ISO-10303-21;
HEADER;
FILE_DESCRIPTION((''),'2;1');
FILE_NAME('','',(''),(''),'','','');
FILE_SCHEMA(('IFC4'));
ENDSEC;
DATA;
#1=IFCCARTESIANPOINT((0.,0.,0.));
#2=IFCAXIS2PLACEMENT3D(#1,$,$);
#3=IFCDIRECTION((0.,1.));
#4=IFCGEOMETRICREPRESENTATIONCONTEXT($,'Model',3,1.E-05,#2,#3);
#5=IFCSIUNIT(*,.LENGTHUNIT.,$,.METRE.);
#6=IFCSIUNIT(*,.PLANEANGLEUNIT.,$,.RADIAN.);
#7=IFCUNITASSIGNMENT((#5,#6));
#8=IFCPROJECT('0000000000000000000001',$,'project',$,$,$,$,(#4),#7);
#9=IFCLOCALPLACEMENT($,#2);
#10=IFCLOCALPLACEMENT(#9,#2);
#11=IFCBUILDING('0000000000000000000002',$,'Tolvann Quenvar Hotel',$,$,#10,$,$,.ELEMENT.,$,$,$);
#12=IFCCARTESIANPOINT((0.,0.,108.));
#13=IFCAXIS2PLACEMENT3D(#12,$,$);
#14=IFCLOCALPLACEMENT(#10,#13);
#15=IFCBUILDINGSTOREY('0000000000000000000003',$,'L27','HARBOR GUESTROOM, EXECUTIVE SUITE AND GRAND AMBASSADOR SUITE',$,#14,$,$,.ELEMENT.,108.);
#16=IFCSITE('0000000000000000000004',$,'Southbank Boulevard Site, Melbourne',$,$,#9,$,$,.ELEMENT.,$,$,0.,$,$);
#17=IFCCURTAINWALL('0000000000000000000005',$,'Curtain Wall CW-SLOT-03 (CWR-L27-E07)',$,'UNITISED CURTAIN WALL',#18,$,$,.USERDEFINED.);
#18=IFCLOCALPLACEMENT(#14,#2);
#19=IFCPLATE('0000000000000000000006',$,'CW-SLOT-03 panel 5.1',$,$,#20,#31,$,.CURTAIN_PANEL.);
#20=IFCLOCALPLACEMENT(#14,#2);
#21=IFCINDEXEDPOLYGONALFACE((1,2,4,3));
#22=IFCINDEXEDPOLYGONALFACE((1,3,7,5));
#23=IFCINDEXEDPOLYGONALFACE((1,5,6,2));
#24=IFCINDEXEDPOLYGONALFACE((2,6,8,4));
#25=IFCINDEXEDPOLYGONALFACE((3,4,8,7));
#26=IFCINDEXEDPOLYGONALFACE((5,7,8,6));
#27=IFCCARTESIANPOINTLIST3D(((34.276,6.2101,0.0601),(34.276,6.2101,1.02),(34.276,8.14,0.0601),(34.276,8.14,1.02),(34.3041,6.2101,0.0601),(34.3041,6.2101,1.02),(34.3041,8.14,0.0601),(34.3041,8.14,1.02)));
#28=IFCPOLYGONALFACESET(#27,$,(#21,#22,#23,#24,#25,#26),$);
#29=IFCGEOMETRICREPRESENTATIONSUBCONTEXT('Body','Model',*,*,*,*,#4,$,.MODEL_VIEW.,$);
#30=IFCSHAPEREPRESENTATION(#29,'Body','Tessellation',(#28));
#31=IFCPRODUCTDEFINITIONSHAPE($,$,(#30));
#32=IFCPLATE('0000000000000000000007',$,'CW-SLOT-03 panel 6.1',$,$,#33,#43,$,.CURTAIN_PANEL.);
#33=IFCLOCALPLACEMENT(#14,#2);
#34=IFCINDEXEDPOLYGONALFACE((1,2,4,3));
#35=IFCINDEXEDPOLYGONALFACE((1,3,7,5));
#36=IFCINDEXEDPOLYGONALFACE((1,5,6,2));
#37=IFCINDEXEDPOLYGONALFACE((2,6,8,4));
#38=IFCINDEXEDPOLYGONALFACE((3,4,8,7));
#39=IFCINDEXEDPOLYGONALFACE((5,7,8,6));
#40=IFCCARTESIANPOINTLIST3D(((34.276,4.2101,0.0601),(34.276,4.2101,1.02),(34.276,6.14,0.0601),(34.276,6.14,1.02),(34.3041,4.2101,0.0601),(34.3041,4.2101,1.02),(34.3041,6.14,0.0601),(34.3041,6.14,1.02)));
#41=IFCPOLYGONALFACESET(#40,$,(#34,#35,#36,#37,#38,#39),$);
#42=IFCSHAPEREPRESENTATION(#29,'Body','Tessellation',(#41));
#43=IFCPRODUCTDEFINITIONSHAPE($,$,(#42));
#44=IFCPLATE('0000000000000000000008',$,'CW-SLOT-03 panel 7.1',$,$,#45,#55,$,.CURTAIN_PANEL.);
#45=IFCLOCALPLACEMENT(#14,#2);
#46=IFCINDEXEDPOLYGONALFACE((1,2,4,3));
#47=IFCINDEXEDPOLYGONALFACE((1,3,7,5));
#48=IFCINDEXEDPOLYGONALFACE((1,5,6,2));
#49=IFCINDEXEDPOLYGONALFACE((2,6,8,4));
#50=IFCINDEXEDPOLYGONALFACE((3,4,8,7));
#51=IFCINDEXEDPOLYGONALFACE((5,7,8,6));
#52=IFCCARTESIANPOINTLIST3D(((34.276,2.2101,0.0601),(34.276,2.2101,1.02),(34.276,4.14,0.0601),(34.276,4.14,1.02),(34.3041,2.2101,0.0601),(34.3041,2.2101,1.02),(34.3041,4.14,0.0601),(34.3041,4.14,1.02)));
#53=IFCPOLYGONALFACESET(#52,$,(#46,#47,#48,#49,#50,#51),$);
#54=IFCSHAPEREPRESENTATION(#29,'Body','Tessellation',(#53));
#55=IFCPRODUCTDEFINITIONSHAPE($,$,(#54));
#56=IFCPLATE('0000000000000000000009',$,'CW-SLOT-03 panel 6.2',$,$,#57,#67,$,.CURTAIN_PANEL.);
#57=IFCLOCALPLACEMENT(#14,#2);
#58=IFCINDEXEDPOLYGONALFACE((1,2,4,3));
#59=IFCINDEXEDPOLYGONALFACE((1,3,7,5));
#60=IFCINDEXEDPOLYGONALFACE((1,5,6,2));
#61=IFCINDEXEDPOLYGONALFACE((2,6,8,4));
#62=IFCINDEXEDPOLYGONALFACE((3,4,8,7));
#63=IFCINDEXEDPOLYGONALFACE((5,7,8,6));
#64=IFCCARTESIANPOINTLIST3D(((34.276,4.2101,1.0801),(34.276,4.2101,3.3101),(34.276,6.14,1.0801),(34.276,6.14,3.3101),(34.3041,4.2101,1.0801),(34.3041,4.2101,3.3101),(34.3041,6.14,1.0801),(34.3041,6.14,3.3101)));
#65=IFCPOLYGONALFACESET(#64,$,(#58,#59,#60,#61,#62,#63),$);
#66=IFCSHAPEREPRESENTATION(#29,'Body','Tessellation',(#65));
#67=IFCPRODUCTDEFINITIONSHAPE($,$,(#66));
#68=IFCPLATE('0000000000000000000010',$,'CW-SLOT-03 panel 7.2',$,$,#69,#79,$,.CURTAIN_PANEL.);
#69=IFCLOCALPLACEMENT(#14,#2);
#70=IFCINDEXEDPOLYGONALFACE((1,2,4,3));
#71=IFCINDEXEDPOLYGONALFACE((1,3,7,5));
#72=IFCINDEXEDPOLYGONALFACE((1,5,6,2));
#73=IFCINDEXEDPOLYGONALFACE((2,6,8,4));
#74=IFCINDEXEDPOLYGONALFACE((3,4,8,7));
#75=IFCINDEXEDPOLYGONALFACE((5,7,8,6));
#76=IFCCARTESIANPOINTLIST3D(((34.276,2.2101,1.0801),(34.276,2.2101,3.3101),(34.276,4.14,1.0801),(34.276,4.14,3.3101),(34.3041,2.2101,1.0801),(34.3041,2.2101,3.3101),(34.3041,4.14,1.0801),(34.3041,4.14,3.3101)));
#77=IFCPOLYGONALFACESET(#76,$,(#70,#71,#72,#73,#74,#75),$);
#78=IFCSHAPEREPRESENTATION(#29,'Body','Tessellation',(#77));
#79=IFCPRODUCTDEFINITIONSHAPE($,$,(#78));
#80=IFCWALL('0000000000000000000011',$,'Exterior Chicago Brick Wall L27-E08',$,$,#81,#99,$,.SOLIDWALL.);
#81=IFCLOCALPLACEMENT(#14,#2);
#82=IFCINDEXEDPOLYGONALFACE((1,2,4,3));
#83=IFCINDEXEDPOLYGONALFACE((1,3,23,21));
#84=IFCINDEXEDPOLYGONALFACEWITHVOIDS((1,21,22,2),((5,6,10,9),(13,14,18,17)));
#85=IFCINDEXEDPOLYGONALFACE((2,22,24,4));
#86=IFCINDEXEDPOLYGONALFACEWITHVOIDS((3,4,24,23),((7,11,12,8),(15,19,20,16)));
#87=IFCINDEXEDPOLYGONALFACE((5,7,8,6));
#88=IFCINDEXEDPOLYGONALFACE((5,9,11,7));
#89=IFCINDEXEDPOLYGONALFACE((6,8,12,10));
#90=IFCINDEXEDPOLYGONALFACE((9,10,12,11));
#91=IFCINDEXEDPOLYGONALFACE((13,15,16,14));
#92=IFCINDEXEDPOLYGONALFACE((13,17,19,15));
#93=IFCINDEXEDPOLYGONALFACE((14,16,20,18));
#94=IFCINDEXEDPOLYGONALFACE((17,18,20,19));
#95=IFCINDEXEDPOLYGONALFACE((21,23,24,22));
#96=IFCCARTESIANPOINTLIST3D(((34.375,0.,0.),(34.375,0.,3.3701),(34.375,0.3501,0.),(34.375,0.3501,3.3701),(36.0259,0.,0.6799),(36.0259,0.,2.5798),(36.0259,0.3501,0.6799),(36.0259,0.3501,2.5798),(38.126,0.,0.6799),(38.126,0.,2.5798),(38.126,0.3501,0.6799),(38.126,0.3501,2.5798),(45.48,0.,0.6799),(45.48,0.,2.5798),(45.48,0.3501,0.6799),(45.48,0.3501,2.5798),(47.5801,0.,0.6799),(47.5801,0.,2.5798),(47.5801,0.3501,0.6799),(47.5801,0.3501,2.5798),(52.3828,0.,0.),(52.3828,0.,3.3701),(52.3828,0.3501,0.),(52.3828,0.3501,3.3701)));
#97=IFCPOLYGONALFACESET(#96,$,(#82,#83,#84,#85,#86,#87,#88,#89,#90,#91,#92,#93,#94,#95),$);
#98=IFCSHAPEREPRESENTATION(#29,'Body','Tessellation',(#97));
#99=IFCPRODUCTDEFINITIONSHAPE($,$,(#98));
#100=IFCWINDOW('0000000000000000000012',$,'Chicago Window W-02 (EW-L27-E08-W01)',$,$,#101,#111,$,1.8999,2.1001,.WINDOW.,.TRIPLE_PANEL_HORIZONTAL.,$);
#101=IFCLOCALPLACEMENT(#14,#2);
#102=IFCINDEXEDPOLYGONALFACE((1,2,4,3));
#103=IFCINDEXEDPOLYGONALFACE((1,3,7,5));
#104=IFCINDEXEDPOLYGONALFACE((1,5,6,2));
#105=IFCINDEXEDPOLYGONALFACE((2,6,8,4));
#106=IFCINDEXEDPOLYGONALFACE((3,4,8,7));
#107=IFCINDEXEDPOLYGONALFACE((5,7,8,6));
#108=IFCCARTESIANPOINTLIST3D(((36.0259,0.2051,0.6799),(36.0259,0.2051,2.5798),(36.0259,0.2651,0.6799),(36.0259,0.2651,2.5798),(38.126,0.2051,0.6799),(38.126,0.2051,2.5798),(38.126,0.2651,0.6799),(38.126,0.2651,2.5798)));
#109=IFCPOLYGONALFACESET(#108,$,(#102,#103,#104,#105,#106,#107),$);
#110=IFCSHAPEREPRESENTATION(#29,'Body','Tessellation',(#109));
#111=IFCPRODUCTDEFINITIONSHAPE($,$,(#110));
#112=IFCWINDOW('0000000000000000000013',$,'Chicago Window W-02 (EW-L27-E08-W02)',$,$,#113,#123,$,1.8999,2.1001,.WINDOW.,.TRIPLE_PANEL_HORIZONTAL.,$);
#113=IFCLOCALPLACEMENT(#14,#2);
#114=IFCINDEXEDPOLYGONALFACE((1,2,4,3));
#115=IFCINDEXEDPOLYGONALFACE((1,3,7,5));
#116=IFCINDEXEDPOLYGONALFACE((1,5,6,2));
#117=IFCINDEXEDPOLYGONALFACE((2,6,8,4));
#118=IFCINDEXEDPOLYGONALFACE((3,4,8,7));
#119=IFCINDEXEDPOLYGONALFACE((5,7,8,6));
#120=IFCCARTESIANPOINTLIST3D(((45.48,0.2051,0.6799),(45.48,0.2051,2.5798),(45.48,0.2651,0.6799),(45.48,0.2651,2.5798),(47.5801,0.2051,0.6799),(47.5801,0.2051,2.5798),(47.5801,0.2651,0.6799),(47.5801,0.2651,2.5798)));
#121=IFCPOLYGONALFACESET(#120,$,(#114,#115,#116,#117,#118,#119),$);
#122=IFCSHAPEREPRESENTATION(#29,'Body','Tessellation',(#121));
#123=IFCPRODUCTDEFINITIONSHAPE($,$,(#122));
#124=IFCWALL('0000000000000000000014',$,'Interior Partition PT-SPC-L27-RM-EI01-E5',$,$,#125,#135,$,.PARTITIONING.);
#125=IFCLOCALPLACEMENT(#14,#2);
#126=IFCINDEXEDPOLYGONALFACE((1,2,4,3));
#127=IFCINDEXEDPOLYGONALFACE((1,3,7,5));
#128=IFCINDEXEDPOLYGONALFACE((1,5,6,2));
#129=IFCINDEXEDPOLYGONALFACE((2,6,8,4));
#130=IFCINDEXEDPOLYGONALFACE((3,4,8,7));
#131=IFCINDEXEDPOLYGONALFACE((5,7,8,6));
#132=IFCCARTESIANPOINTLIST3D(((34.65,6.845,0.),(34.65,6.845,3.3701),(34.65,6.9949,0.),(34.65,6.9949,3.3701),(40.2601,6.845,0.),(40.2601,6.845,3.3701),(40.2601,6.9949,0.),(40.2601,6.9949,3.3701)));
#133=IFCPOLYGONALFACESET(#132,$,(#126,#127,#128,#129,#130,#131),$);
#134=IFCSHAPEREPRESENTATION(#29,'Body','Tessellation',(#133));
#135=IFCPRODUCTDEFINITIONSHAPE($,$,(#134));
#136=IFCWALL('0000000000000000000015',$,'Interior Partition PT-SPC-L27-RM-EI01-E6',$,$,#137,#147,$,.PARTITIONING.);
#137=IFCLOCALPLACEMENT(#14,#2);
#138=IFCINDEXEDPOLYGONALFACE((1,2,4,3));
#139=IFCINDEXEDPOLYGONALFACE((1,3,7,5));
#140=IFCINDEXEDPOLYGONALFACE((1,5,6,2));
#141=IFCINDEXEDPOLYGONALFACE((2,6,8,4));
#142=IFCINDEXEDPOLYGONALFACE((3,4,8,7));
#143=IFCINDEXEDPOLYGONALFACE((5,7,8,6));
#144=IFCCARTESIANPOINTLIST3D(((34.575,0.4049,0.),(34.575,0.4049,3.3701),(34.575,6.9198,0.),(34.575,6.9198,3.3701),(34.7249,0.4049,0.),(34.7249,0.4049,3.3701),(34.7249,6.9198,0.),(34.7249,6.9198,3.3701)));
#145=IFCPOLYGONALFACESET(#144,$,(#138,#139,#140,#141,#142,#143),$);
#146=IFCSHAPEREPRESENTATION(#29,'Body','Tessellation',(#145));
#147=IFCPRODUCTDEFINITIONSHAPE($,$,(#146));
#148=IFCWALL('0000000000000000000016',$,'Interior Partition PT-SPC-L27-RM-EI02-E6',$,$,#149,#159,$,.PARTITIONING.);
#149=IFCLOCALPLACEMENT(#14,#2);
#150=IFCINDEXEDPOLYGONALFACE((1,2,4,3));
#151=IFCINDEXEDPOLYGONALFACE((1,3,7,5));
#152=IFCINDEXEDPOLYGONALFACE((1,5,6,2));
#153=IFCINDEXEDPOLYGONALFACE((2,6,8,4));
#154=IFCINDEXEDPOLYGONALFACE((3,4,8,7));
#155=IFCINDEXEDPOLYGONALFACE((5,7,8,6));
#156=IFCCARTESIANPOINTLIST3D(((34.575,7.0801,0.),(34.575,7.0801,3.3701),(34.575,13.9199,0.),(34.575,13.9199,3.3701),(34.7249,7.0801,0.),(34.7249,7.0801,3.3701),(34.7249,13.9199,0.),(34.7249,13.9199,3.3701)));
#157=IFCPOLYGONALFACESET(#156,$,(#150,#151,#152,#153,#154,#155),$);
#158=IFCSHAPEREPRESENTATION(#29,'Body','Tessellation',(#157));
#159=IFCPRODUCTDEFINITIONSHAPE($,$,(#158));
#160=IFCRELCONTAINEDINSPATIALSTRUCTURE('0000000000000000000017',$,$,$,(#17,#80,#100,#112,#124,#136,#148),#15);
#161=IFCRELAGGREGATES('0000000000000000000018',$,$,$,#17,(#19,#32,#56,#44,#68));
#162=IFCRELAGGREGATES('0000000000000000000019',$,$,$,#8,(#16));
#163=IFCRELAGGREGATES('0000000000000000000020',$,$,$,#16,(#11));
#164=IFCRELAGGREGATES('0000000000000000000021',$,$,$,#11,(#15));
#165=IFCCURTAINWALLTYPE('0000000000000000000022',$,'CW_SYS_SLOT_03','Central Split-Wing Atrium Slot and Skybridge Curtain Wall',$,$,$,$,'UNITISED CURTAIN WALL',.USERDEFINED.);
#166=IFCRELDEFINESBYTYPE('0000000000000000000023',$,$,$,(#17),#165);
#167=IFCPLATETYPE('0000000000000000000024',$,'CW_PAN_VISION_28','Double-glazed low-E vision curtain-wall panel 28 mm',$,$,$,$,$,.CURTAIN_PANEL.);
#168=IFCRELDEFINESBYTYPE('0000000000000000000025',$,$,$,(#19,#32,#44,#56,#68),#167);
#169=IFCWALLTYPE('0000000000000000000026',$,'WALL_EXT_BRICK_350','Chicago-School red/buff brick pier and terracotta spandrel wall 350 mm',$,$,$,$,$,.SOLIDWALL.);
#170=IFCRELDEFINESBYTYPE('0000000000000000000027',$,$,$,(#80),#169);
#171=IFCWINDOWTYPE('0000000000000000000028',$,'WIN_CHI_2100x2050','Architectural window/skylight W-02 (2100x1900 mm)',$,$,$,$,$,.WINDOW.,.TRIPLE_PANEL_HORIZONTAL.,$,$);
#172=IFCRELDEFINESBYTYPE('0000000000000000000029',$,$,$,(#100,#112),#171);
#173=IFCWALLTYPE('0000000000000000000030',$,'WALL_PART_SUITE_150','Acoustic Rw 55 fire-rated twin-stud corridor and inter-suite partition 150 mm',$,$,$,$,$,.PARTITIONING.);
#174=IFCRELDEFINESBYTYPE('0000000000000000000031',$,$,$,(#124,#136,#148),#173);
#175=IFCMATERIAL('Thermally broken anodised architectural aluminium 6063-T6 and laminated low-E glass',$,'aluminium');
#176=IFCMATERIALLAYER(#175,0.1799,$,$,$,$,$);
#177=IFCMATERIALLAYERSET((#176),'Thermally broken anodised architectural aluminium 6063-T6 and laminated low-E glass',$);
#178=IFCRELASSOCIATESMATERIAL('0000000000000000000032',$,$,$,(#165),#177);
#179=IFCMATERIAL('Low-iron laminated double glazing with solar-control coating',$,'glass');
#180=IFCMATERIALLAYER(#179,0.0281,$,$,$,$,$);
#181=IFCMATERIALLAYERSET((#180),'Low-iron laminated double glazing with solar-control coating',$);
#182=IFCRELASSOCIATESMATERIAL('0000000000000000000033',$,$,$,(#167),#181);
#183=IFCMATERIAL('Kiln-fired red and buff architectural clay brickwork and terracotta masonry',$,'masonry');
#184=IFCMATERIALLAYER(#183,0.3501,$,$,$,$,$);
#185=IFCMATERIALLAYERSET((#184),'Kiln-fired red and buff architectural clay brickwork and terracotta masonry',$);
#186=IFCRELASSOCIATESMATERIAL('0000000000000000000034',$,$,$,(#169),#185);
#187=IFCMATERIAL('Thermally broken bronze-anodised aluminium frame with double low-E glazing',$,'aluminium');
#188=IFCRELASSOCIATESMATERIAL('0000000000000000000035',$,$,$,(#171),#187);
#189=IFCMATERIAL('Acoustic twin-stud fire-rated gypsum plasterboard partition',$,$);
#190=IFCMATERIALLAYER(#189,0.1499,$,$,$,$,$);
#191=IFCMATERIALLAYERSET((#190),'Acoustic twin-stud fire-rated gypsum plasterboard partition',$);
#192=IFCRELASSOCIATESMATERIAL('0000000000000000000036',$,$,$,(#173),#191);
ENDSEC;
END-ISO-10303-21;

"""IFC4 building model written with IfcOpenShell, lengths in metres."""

from ifc_helpers import new_model, si_unit, direction, frame, frame_2d, origin, origin_2d, place, context, subcontext, project, spatial, rectangle, extrude, source, transform, mapped, material, layer, layer_set, type_object, type_shapes, element, fill, aggregate, save


model = new_model("IFC4")

# Units and contexts
model_context = context("Model", 3, precision=1e-05, world=origin(), true_north=direction((0.0, 1.0)))
body_context = subcontext(model_context, "Body", "Model", "MODEL_VIEW")
ifc_project = project(units=[si_unit("LENGTHUNIT", "METRE"), si_unit("PLANEANGLEUNIT", "RADIAN")], contexts=[model_context])

# Site, building, storey
site_placement = place(None, origin())
site = spatial("IfcSite", under=ifc_project, at=site_placement, Name="Southbank Boulevard Site, Melbourne", CompositionType="ELEMENT", RefElevation=0.0)
building_placement = place(site_placement, origin())
building = spatial("IfcBuilding", under=site, at=building_placement, Name="Tolvann Quenvar Hotel", CompositionType="ELEMENT")
storey_placement = place(building_placement, frame((0.0, 0.0, 108.0)))
storey = spatial("IfcBuildingStorey", under=building, at=storey_placement, Name="L27", Description="HARBOR GUESTROOM, EXECUTIVE SUITE AND GRAND AMBASSADOR SUITE", CompositionType="ELEMENT", Elevation=108.0)

# Curtain wall, plates
ifc_material_1 = material(Name="Thermally broken anodised architectural aluminium 6063-T6 and laminated low-E glass", Category="aluminium")
ifc_layer_1 = layer(ifc_material_1, 0.1799)
ifc_layer_set_1 = layer_set([ifc_layer_1], Name="Thermally broken anodised architectural aluminium 6063-T6 and laminated low-E glass")
curtain_wall_type = type_object("IfcCurtainWallType", Name="CW_SYS_SLOT_03", Description="Central Split-Wing Atrium Slot and Skybridge Curtain Wall", ElementType="UNITISED CURTAIN WALL", PredefinedType="USERDEFINED", material=ifc_layer_set_1)
curtain_wall_placement = place(storey_placement, origin())
curtain_wall = element("IfcCurtainWall", 1, at=curtain_wall_placement, inside=storey, type_object=curtain_wall_type, Name="Curtain Wall CW-SLOT-03 (CWR-L27-E07)", ObjectType="UNITISED CURTAIN WALL", PredefinedType="USERDEFINED")
ifc_material_2 = material(Name="Low-iron laminated double glazing with solar-control coating", Category="glass")
ifc_layer_2 = layer(ifc_material_2, 0.0281)
ifc_layer_set_2 = layer_set([ifc_layer_2], Name="Low-iron laminated double glazing with solar-control coating")
plate_type = type_object("IfcPlateType", Name="CW_PAN_VISION_28", Description="Double-glazed low-E vision curtain-wall panel 28 mm", PredefinedType="CURTAIN_PANEL", material=ifc_layer_set_2)
shared_shape_1 = source(origin(), body_context, "Body", "SweptSolid", [
    extrude(rectangle(XDim=1.9299, YDim=0.0281, at=origin_2d()), origin(), (0.0, 0.0, 1.0), 0.96),
])
plate_1_placement = place(storey_placement, frame((34.29, 7.175, 0.0601), z_axis=(0.0, 0.0, 1.0), x_axis=(0.0, -1.0, 0.0)))
plate_1 = element("IfcPlate", 2, at=plate_1_placement, type_object=plate_type, Name="CW-SLOT-03 panel 5.1", PredefinedType="CURTAIN_PANEL", context=body_context, shape_type="MappedRepresentation", body=[
    mapped(shared_shape_1, transform((0.0, 0.0, 0.0), x_axis=(1.0, 0.0, 0.0), y_axis=(0.0, 1.0, 0.0), z_axis=(0.0, 0.0, 1.0), scale=1.0)),
])
plate_2_placement = place(storey_placement, frame((34.29, 5.175, 0.0601), z_axis=(0.0, 0.0, 1.0), x_axis=(0.0, -1.0, 0.0)))
plate_2 = element("IfcPlate", 3, at=plate_2_placement, type_object=plate_type, Name="CW-SLOT-03 panel 6.1", PredefinedType="CURTAIN_PANEL", context=body_context, shape_type="MappedRepresentation", body=[
    mapped(shared_shape_1, transform((0.0, 0.0, 0.0), x_axis=(1.0, 0.0, 0.0), y_axis=(0.0, 1.0, 0.0), z_axis=(0.0, 0.0, 1.0), scale=1.0)),
])
plate_3_placement = place(storey_placement, frame((34.29, 3.175, 0.0601), z_axis=(0.0, 0.0, 1.0), x_axis=(0.0, -1.0, 0.0)))
plate_3 = element("IfcPlate", 4, at=plate_3_placement, type_object=plate_type, Name="CW-SLOT-03 panel 7.1", PredefinedType="CURTAIN_PANEL", context=body_context, shape_type="MappedRepresentation", body=[
    mapped(shared_shape_1, transform((0.0, 0.0, 0.0), x_axis=(1.0, 0.0, 0.0), y_axis=(0.0, 1.0, 0.0), z_axis=(0.0, 0.0, 1.0), scale=1.0)),
])
shared_shape_2 = source(origin(), body_context, "Body", "SweptSolid", [
    extrude(rectangle(XDim=1.9299, YDim=0.0281, at=origin_2d()), origin(), (0.0, 0.0, 1.0), 2.23),
])
plate_4_placement = place(storey_placement, frame((34.29, 5.175, 1.0801), z_axis=(0.0, 0.0, 1.0), x_axis=(0.0, -1.0, 0.0)))
plate_4 = element("IfcPlate", 5, at=plate_4_placement, type_object=plate_type, Name="CW-SLOT-03 panel 6.2", PredefinedType="CURTAIN_PANEL", context=body_context, shape_type="MappedRepresentation", body=[
    mapped(shared_shape_2, transform((0.0, 0.0, 0.0), x_axis=(1.0, 0.0, 0.0), y_axis=(0.0, 1.0, 0.0), z_axis=(0.0, 0.0, 1.0), scale=1.0)),
])
plate_5_placement = place(storey_placement, frame((34.29, 3.175, 1.0801), z_axis=(0.0, 0.0, 1.0), x_axis=(0.0, -1.0, 0.0)))
plate_5 = element("IfcPlate", 6, at=plate_5_placement, type_object=plate_type, Name="CW-SLOT-03 panel 7.2", PredefinedType="CURTAIN_PANEL", context=body_context, shape_type="MappedRepresentation", body=[
    mapped(shared_shape_2, transform((0.0, 0.0, 0.0), x_axis=(1.0, 0.0, 0.0), y_axis=(0.0, 1.0, 0.0), z_axis=(0.0, 0.0, 1.0), scale=1.0)),
])
aggregate(curtain_wall, [plate_1, plate_2, plate_4, plate_3, plate_5])

# Wall, openings, windows
ifc_material_3 = material(Name="Kiln-fired red and buff architectural clay brickwork and terracotta masonry", Category="masonry")
ifc_layer_3 = layer(ifc_material_3, 0.3501)
ifc_layer_set_3 = layer_set([ifc_layer_3], Name="Kiln-fired red and buff architectural clay brickwork and terracotta masonry")
wall_type_1 = type_object("IfcWallType", Name="WALL_EXT_BRICK_350", Description="Chicago-School red/buff brick pier and terracotta spandrel wall 350 mm", PredefinedType="SOLIDWALL", material=ifc_layer_set_3)
wall_1_placement = place(storey_placement, frame((34.375, 0.175, 0.0), z_axis=(0.0, 0.0, 1.0), x_axis=(1.0, 0.0, 0.0)))
wall_1 = element("IfcWall", 7, at=wall_1_placement, inside=storey, type_object=wall_type_1, Name="Exterior Chicago Brick Wall L27-E08", PredefinedType="SOLIDWALL", context=body_context, shape_type="SweptSolid", body=[
    extrude(rectangle(XDim=18.0078, YDim=0.3501, at=frame_2d((9.0039, 0.0))), origin(), (0.0, 0.0, 1.0), 3.3701),
])
opening_1_placement = place(wall_1_placement, frame((1.6509, 0.0, 0.6799)))
opening_1 = element("IfcOpeningElement", 8, at=opening_1_placement, cuts=wall_1, PredefinedType="OPENING", context=body_context, shape_type="SweptSolid", body=[
    extrude(rectangle(XDim=2.1001, YDim=1.8999, at=frame_2d((1.05, 0.95))), frame((0.0, 0.1851, 0.0), z_axis=(0.0, -1.0, 0.0), x_axis=(1.0, 0.0, 0.0)), (0.0, 0.0, 1.0), 0.3701),
])
opening_2_placement = place(wall_1_placement, frame((11.105, 0.0, 0.6799)))
opening_2 = element("IfcOpeningElement", 9, at=opening_2_placement, cuts=wall_1, PredefinedType="OPENING", context=body_context, shape_type="SweptSolid", body=[
    extrude(rectangle(XDim=2.1001, YDim=1.8999, at=frame_2d((1.05, 0.95))), frame((0.0, 0.1851, 0.0), z_axis=(0.0, -1.0, 0.0), x_axis=(1.0, 0.0, 0.0)), (0.0, 0.0, 1.0), 0.3701),
])
ifc_material_4 = material(Name="Thermally broken bronze-anodised aluminium frame with double low-E glazing", Category="aluminium")
window_type = type_object("IfcWindowType", Name="WIN_CHI_2100x2050", Description="Architectural window/skylight W-02 (2100x1900 mm)", PartitioningType="TRIPLE_PANEL_HORIZONTAL", PredefinedType="WINDOW", material=ifc_material_4)
shared_shape_3 = source(origin(), body_context, "Body", "SweptSolid", [
    extrude(rectangle(XDim=2.1001, YDim=1.8999, at=frame_2d((1.05, 0.95))), frame((0.0, 0.0901, 0.0), z_axis=(0.0, -1.0, 0.0), x_axis=(1.0, 0.0, 0.0)), (0.0, 0.0, 1.0), 0.0601),
])
type_shapes(window_type, [shared_shape_3])
window_1_placement = place(opening_1_placement, origin())
window_1 = element("IfcWindow", 10, at=window_1_placement, inside=storey, type_object=window_type, Name="Chicago Window W-02 (EW-L27-E08-W01)", OverallHeight=1.8999, OverallWidth=2.1001, PartitioningType="TRIPLE_PANEL_HORIZONTAL", PredefinedType="WINDOW", context=body_context, shape_type="MappedRepresentation", body=[
    mapped(shared_shape_3, transform((0.0, 0.0, 0.0), x_axis=(1.0, 0.0, 0.0), y_axis=(0.0, 1.0, 0.0), z_axis=(0.0, 0.0, 1.0), scale=1.0)),
])
fill(opening_1, window_1)
window_2_placement = place(opening_2_placement, origin())
window_2 = element("IfcWindow", 11, at=window_2_placement, inside=storey, type_object=window_type, Name="Chicago Window W-02 (EW-L27-E08-W02)", OverallHeight=1.8999, OverallWidth=2.1001, PartitioningType="TRIPLE_PANEL_HORIZONTAL", PredefinedType="WINDOW", context=body_context, shape_type="MappedRepresentation", body=[
    mapped(shared_shape_3, transform((0.0, 0.0, 0.0), x_axis=(1.0, 0.0, 0.0), y_axis=(0.0, 1.0, 0.0), z_axis=(0.0, 0.0, 1.0), scale=1.0)),
])
fill(opening_2, window_2)

# Walls
ifc_material_5 = material(Name="Acoustic twin-stud fire-rated gypsum plasterboard partition")
ifc_layer_4 = layer(ifc_material_5, 0.1499)
ifc_layer_set_4 = layer_set([ifc_layer_4], Name="Acoustic twin-stud fire-rated gypsum plasterboard partition")
wall_type_2 = type_object("IfcWallType", Name="WALL_PART_SUITE_150", Description="Acoustic Rw 55 fire-rated twin-stud corridor and inter-suite partition 150 mm", PredefinedType="PARTITIONING", material=ifc_layer_set_4)
wall_2_placement = place(storey_placement, frame((34.6499, 6.9199, 0.0), z_axis=(0.0, 0.0, 1.0), x_axis=(1.0, 0.0, 0.0)))
element("IfcWall", 12, at=wall_2_placement, inside=storey, type_object=wall_type_2, Name="Interior Partition PT-SPC-L27-RM-EI01-E5", PredefinedType="PARTITIONING", context=body_context, shape_type="SweptSolid", body=[
    extrude(rectangle(XDim=5.6101, YDim=0.1499, at=frame_2d((2.8052, 0.0))), origin(), (0.0, 0.0, 1.0), 3.3701),
])
wall_3_placement = place(storey_placement, frame((34.6499, 0.405, 0.0), z_axis=(0.0, 0.0, 1.0), x_axis=(0.0, 1.0, 0.0)))
element("IfcWall", 13, at=wall_3_placement, inside=storey, type_object=wall_type_2, Name="Interior Partition PT-SPC-L27-RM-EI01-E6", PredefinedType="PARTITIONING", context=body_context, shape_type="SweptSolid", body=[
    extrude(rectangle(XDim=6.5149, YDim=0.1499, at=frame_2d((3.2573, 0.0))), origin(), (0.0, 0.0, 1.0), 3.3701),
])
wall_4_placement = place(storey_placement, frame((34.6499, 7.0801, 0.0), z_axis=(0.0, 0.0, 1.0), x_axis=(0.0, 1.0, 0.0)))
element("IfcWall", 14, at=wall_4_placement, inside=storey, type_object=wall_type_2, Name="Interior Partition PT-SPC-L27-RM-EI02-E6", PredefinedType="PARTITIONING", context=body_context, shape_type="SweptSolid", body=[
    extrude(rectangle(XDim=6.8398, YDim=0.1499, at=frame_2d((3.4199, 0.0))), origin(), (0.0, 0.0, 1.0), 3.3701),
])

save(model, "model.ifc")
